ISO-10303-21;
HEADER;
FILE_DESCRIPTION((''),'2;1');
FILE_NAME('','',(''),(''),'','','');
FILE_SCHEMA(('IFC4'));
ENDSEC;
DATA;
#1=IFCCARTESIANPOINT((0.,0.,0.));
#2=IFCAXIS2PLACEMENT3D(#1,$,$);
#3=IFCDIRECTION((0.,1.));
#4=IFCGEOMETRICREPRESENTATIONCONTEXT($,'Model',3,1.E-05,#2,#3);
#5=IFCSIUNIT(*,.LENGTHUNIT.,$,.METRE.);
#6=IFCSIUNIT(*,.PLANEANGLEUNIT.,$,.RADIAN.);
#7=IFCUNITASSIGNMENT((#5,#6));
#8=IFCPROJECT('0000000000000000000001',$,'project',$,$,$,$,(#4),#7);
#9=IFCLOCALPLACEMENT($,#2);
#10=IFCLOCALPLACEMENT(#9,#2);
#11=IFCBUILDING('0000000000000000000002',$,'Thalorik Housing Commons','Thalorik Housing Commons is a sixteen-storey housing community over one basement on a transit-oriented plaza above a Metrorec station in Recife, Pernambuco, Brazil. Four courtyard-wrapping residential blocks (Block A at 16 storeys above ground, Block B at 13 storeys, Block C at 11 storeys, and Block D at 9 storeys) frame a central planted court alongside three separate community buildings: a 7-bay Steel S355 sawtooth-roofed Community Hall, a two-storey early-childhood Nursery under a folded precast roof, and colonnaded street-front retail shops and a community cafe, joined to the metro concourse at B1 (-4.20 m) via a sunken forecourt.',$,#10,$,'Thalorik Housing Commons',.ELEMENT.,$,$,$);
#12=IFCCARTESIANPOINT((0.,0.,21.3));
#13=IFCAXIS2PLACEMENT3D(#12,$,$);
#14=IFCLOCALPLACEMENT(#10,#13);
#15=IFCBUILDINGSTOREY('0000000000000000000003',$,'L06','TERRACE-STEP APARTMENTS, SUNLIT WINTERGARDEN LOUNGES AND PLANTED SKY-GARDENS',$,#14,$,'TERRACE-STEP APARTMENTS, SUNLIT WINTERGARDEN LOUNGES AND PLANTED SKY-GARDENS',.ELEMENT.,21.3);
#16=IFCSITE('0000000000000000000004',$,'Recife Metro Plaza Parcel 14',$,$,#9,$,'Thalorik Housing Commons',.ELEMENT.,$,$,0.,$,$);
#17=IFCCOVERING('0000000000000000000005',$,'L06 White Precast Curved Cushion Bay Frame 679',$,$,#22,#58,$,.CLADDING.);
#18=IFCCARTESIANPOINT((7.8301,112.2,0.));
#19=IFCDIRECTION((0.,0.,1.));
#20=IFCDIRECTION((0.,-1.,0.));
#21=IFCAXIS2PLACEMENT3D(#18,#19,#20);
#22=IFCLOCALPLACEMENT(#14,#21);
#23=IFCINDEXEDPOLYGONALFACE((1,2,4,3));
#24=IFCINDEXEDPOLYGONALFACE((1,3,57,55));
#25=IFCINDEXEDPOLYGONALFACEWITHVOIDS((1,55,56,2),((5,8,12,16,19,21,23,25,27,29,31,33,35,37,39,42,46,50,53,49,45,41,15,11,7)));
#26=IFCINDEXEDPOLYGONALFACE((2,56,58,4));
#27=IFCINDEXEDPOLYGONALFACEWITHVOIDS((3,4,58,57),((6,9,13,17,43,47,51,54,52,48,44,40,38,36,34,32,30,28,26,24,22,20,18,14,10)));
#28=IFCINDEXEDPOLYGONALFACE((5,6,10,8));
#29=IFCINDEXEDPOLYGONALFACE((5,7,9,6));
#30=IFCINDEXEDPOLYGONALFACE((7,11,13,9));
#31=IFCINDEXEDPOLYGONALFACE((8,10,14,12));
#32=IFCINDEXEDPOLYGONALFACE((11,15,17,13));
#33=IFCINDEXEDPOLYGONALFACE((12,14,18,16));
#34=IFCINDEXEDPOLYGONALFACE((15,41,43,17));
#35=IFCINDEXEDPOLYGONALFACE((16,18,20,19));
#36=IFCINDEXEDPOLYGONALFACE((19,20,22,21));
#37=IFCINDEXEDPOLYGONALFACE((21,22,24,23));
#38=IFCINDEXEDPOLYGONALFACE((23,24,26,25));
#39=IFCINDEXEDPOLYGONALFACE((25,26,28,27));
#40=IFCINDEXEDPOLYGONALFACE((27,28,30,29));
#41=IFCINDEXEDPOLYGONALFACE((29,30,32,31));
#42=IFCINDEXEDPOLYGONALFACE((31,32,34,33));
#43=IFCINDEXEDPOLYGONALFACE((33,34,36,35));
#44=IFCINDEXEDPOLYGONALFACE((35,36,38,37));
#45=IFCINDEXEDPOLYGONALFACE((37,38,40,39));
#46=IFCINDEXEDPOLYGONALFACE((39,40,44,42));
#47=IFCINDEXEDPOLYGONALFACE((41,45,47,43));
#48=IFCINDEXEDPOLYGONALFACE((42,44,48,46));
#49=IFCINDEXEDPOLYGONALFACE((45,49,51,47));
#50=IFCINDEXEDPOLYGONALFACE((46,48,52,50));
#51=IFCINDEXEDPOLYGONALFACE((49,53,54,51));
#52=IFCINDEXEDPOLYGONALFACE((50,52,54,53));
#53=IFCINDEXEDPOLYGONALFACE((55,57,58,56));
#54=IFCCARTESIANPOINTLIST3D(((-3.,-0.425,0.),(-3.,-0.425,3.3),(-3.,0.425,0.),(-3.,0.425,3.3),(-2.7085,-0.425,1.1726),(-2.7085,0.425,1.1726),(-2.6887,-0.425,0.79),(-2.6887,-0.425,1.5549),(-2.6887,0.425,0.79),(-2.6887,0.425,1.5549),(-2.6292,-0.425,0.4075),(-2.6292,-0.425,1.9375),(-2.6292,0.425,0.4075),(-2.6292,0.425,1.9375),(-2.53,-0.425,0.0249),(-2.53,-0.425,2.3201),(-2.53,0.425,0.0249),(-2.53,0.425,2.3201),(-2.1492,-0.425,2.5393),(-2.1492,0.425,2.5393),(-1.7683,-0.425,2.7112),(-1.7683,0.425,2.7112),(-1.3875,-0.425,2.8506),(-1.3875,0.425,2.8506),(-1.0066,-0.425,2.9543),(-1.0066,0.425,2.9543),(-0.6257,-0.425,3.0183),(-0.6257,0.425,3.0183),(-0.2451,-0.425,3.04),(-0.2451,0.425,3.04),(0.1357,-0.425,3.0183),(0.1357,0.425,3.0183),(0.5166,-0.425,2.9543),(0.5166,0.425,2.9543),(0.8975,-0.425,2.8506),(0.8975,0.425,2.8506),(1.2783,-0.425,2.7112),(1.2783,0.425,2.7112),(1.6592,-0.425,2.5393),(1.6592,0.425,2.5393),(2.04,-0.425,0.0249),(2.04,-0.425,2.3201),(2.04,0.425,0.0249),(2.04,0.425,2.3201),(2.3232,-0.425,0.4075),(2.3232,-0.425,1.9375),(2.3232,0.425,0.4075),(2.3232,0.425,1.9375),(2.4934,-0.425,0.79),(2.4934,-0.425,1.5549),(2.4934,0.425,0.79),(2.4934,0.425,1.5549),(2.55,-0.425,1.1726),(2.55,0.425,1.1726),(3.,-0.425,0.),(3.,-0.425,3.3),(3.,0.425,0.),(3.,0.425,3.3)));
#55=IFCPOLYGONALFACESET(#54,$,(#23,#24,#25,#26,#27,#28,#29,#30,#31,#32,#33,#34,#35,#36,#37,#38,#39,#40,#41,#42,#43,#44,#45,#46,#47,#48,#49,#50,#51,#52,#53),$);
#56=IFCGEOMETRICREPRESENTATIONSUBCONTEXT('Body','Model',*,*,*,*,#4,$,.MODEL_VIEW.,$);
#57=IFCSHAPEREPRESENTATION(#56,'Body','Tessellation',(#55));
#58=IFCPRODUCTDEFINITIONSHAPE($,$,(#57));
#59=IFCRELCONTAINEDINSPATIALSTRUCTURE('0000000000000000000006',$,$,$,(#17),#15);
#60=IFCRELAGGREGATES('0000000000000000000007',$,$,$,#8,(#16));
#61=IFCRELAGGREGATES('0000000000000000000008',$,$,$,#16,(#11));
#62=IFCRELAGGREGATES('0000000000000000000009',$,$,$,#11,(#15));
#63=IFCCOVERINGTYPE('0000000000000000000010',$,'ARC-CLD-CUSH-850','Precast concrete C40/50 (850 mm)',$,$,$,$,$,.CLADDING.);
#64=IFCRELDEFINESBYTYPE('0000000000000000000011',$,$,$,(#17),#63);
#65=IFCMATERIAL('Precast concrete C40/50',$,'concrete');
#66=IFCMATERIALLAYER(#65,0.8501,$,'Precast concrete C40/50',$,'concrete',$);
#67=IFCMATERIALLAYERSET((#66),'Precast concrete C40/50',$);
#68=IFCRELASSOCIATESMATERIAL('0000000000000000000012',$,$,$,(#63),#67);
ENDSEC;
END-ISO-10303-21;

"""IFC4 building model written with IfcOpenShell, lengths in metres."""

from ifc_helpers import new_model, si_unit, direction, frame, origin, place, context, subcontext, project, spatial, polyline, outline, extrude, material, layer, layer_set, type_object, element, save


model = new_model("IFC4")

# Units and contexts
model_context = context("Model", 3, precision=1e-05, world=origin(), true_north=direction((0.0, 1.0)))
body_context = subcontext(model_context, "Body", "Model", "MODEL_VIEW")
ifc_project = project(units=[si_unit("LENGTHUNIT", "METRE"), si_unit("PLANEANGLEUNIT", "RADIAN")], contexts=[model_context])

# Site, building, storey
site_placement = place(None, origin())
site = spatial("IfcSite", under=ifc_project, at=site_placement, Name="Recife Metro Plaza Parcel 14", LongName="Thalorik Housing Commons", CompositionType="ELEMENT", RefElevation=0.0)
building_placement = place(site_placement, origin())
building = spatial("IfcBuilding", under=site, at=building_placement, Name="Thalorik Housing Commons", Description="Thalorik Housing Commons is a sixteen-storey housing community over one basement on a transit-oriented plaza above a Metrorec station in Recife, Pernambuco, Brazil. Four courtyard-wrapping residential blocks (Block A at 16 storeys above ground, Block B at 13 storeys, Block C at 11 storeys, and Block D at 9 storeys) frame a central planted court alongside three separate community buildings: a 7-bay Steel S355 sawtooth-roofed Community Hall, a two-storey early-childhood Nursery under a folded precast roof, and colonnaded street-front retail shops and a community cafe, joined to the metro concourse at B1 (-4.20 m) via a sunken forecourt.", LongName="Thalorik Housing Commons", CompositionType="ELEMENT")
storey_placement = place(building_placement, frame((0.0, 0.0, 21.3)))
storey = spatial("IfcBuildingStorey", under=building, at=storey_placement, Name="L06", Description="TERRACE-STEP APARTMENTS, SUNLIT WINTERGARDEN LOUNGES AND PLANTED SKY-GARDENS", LongName="TERRACE-STEP APARTMENTS, SUNLIT WINTERGARDEN LOUNGES AND PLANTED SKY-GARDENS", CompositionType="ELEMENT", Elevation=21.3)

# Shared definitions
ifc_material_1 = material(Name="Precast concrete C40/50", Category="concrete")

# Covering
ifc_layer_1 = layer(ifc_material_1, 0.8501, Name="Precast concrete C40/50", Category="concrete")
ifc_layer_set_1 = layer_set([ifc_layer_1], Name="Precast concrete C40/50")
covering_type = type_object("IfcCoveringType", Name="ARC-CLD-CUSH-850", Description="Precast concrete C40/50 (850 mm)", PredefinedType="CLADDING", material=ifc_layer_set_1)
covering_placement = place(storey_placement, frame((7.8301, 112.2, 0.0), z_axis=(0.0, 0.0, 1.0), x_axis=(0.0, -1.0, 0.0)))
element("IfcCovering", 1, at=covering_placement, inside=storey, type_object=covering_type, Name="L06 White Precast Curved Cushion Bay Frame 679", PredefinedType="CLADDING", context=body_context, shape_type="SweptSolid", body=[
    extrude(outline(polyline([(-3.0, 0.0), (3.0, 0.0), (3.0, 3.3), (-3.0, 3.3), (-3.0, 0.0)]), holes=[polyline([(2.04, 0.0249), (2.3232, 0.4075), (2.4934, 0.79), (2.55, 1.1726), (2.4934, 1.5549), (2.3232, 1.9375), (2.04, 2.3201), (1.6592, 2.5393), (1.2783, 2.7112), (0.8975, 2.8506), (0.5166, 2.9543), (0.1357, 3.0183), (-0.2451, 3.04), (-0.6257, 3.0183), (-1.0066, 2.9543), (-1.3875, 2.8506), (-1.7683, 2.7112), (-2.1492, 2.5393), (-2.53, 2.3201), (-2.6292, 1.9375), (-2.6887, 1.5549), (-2.7085, 1.1726), (-2.6887, 0.79), (-2.6292, 0.4075), (-2.53, 0.0249), (2.04, 0.0249)])]), frame((0.0, 0.425, 0.0), z_axis=(0.0, -1.0, 0.0), x_axis=(1.0, 0.0, 0.0)), (0.0, 0.0, 1.0), 0.8501),
])

save(model, "model.ifc")
